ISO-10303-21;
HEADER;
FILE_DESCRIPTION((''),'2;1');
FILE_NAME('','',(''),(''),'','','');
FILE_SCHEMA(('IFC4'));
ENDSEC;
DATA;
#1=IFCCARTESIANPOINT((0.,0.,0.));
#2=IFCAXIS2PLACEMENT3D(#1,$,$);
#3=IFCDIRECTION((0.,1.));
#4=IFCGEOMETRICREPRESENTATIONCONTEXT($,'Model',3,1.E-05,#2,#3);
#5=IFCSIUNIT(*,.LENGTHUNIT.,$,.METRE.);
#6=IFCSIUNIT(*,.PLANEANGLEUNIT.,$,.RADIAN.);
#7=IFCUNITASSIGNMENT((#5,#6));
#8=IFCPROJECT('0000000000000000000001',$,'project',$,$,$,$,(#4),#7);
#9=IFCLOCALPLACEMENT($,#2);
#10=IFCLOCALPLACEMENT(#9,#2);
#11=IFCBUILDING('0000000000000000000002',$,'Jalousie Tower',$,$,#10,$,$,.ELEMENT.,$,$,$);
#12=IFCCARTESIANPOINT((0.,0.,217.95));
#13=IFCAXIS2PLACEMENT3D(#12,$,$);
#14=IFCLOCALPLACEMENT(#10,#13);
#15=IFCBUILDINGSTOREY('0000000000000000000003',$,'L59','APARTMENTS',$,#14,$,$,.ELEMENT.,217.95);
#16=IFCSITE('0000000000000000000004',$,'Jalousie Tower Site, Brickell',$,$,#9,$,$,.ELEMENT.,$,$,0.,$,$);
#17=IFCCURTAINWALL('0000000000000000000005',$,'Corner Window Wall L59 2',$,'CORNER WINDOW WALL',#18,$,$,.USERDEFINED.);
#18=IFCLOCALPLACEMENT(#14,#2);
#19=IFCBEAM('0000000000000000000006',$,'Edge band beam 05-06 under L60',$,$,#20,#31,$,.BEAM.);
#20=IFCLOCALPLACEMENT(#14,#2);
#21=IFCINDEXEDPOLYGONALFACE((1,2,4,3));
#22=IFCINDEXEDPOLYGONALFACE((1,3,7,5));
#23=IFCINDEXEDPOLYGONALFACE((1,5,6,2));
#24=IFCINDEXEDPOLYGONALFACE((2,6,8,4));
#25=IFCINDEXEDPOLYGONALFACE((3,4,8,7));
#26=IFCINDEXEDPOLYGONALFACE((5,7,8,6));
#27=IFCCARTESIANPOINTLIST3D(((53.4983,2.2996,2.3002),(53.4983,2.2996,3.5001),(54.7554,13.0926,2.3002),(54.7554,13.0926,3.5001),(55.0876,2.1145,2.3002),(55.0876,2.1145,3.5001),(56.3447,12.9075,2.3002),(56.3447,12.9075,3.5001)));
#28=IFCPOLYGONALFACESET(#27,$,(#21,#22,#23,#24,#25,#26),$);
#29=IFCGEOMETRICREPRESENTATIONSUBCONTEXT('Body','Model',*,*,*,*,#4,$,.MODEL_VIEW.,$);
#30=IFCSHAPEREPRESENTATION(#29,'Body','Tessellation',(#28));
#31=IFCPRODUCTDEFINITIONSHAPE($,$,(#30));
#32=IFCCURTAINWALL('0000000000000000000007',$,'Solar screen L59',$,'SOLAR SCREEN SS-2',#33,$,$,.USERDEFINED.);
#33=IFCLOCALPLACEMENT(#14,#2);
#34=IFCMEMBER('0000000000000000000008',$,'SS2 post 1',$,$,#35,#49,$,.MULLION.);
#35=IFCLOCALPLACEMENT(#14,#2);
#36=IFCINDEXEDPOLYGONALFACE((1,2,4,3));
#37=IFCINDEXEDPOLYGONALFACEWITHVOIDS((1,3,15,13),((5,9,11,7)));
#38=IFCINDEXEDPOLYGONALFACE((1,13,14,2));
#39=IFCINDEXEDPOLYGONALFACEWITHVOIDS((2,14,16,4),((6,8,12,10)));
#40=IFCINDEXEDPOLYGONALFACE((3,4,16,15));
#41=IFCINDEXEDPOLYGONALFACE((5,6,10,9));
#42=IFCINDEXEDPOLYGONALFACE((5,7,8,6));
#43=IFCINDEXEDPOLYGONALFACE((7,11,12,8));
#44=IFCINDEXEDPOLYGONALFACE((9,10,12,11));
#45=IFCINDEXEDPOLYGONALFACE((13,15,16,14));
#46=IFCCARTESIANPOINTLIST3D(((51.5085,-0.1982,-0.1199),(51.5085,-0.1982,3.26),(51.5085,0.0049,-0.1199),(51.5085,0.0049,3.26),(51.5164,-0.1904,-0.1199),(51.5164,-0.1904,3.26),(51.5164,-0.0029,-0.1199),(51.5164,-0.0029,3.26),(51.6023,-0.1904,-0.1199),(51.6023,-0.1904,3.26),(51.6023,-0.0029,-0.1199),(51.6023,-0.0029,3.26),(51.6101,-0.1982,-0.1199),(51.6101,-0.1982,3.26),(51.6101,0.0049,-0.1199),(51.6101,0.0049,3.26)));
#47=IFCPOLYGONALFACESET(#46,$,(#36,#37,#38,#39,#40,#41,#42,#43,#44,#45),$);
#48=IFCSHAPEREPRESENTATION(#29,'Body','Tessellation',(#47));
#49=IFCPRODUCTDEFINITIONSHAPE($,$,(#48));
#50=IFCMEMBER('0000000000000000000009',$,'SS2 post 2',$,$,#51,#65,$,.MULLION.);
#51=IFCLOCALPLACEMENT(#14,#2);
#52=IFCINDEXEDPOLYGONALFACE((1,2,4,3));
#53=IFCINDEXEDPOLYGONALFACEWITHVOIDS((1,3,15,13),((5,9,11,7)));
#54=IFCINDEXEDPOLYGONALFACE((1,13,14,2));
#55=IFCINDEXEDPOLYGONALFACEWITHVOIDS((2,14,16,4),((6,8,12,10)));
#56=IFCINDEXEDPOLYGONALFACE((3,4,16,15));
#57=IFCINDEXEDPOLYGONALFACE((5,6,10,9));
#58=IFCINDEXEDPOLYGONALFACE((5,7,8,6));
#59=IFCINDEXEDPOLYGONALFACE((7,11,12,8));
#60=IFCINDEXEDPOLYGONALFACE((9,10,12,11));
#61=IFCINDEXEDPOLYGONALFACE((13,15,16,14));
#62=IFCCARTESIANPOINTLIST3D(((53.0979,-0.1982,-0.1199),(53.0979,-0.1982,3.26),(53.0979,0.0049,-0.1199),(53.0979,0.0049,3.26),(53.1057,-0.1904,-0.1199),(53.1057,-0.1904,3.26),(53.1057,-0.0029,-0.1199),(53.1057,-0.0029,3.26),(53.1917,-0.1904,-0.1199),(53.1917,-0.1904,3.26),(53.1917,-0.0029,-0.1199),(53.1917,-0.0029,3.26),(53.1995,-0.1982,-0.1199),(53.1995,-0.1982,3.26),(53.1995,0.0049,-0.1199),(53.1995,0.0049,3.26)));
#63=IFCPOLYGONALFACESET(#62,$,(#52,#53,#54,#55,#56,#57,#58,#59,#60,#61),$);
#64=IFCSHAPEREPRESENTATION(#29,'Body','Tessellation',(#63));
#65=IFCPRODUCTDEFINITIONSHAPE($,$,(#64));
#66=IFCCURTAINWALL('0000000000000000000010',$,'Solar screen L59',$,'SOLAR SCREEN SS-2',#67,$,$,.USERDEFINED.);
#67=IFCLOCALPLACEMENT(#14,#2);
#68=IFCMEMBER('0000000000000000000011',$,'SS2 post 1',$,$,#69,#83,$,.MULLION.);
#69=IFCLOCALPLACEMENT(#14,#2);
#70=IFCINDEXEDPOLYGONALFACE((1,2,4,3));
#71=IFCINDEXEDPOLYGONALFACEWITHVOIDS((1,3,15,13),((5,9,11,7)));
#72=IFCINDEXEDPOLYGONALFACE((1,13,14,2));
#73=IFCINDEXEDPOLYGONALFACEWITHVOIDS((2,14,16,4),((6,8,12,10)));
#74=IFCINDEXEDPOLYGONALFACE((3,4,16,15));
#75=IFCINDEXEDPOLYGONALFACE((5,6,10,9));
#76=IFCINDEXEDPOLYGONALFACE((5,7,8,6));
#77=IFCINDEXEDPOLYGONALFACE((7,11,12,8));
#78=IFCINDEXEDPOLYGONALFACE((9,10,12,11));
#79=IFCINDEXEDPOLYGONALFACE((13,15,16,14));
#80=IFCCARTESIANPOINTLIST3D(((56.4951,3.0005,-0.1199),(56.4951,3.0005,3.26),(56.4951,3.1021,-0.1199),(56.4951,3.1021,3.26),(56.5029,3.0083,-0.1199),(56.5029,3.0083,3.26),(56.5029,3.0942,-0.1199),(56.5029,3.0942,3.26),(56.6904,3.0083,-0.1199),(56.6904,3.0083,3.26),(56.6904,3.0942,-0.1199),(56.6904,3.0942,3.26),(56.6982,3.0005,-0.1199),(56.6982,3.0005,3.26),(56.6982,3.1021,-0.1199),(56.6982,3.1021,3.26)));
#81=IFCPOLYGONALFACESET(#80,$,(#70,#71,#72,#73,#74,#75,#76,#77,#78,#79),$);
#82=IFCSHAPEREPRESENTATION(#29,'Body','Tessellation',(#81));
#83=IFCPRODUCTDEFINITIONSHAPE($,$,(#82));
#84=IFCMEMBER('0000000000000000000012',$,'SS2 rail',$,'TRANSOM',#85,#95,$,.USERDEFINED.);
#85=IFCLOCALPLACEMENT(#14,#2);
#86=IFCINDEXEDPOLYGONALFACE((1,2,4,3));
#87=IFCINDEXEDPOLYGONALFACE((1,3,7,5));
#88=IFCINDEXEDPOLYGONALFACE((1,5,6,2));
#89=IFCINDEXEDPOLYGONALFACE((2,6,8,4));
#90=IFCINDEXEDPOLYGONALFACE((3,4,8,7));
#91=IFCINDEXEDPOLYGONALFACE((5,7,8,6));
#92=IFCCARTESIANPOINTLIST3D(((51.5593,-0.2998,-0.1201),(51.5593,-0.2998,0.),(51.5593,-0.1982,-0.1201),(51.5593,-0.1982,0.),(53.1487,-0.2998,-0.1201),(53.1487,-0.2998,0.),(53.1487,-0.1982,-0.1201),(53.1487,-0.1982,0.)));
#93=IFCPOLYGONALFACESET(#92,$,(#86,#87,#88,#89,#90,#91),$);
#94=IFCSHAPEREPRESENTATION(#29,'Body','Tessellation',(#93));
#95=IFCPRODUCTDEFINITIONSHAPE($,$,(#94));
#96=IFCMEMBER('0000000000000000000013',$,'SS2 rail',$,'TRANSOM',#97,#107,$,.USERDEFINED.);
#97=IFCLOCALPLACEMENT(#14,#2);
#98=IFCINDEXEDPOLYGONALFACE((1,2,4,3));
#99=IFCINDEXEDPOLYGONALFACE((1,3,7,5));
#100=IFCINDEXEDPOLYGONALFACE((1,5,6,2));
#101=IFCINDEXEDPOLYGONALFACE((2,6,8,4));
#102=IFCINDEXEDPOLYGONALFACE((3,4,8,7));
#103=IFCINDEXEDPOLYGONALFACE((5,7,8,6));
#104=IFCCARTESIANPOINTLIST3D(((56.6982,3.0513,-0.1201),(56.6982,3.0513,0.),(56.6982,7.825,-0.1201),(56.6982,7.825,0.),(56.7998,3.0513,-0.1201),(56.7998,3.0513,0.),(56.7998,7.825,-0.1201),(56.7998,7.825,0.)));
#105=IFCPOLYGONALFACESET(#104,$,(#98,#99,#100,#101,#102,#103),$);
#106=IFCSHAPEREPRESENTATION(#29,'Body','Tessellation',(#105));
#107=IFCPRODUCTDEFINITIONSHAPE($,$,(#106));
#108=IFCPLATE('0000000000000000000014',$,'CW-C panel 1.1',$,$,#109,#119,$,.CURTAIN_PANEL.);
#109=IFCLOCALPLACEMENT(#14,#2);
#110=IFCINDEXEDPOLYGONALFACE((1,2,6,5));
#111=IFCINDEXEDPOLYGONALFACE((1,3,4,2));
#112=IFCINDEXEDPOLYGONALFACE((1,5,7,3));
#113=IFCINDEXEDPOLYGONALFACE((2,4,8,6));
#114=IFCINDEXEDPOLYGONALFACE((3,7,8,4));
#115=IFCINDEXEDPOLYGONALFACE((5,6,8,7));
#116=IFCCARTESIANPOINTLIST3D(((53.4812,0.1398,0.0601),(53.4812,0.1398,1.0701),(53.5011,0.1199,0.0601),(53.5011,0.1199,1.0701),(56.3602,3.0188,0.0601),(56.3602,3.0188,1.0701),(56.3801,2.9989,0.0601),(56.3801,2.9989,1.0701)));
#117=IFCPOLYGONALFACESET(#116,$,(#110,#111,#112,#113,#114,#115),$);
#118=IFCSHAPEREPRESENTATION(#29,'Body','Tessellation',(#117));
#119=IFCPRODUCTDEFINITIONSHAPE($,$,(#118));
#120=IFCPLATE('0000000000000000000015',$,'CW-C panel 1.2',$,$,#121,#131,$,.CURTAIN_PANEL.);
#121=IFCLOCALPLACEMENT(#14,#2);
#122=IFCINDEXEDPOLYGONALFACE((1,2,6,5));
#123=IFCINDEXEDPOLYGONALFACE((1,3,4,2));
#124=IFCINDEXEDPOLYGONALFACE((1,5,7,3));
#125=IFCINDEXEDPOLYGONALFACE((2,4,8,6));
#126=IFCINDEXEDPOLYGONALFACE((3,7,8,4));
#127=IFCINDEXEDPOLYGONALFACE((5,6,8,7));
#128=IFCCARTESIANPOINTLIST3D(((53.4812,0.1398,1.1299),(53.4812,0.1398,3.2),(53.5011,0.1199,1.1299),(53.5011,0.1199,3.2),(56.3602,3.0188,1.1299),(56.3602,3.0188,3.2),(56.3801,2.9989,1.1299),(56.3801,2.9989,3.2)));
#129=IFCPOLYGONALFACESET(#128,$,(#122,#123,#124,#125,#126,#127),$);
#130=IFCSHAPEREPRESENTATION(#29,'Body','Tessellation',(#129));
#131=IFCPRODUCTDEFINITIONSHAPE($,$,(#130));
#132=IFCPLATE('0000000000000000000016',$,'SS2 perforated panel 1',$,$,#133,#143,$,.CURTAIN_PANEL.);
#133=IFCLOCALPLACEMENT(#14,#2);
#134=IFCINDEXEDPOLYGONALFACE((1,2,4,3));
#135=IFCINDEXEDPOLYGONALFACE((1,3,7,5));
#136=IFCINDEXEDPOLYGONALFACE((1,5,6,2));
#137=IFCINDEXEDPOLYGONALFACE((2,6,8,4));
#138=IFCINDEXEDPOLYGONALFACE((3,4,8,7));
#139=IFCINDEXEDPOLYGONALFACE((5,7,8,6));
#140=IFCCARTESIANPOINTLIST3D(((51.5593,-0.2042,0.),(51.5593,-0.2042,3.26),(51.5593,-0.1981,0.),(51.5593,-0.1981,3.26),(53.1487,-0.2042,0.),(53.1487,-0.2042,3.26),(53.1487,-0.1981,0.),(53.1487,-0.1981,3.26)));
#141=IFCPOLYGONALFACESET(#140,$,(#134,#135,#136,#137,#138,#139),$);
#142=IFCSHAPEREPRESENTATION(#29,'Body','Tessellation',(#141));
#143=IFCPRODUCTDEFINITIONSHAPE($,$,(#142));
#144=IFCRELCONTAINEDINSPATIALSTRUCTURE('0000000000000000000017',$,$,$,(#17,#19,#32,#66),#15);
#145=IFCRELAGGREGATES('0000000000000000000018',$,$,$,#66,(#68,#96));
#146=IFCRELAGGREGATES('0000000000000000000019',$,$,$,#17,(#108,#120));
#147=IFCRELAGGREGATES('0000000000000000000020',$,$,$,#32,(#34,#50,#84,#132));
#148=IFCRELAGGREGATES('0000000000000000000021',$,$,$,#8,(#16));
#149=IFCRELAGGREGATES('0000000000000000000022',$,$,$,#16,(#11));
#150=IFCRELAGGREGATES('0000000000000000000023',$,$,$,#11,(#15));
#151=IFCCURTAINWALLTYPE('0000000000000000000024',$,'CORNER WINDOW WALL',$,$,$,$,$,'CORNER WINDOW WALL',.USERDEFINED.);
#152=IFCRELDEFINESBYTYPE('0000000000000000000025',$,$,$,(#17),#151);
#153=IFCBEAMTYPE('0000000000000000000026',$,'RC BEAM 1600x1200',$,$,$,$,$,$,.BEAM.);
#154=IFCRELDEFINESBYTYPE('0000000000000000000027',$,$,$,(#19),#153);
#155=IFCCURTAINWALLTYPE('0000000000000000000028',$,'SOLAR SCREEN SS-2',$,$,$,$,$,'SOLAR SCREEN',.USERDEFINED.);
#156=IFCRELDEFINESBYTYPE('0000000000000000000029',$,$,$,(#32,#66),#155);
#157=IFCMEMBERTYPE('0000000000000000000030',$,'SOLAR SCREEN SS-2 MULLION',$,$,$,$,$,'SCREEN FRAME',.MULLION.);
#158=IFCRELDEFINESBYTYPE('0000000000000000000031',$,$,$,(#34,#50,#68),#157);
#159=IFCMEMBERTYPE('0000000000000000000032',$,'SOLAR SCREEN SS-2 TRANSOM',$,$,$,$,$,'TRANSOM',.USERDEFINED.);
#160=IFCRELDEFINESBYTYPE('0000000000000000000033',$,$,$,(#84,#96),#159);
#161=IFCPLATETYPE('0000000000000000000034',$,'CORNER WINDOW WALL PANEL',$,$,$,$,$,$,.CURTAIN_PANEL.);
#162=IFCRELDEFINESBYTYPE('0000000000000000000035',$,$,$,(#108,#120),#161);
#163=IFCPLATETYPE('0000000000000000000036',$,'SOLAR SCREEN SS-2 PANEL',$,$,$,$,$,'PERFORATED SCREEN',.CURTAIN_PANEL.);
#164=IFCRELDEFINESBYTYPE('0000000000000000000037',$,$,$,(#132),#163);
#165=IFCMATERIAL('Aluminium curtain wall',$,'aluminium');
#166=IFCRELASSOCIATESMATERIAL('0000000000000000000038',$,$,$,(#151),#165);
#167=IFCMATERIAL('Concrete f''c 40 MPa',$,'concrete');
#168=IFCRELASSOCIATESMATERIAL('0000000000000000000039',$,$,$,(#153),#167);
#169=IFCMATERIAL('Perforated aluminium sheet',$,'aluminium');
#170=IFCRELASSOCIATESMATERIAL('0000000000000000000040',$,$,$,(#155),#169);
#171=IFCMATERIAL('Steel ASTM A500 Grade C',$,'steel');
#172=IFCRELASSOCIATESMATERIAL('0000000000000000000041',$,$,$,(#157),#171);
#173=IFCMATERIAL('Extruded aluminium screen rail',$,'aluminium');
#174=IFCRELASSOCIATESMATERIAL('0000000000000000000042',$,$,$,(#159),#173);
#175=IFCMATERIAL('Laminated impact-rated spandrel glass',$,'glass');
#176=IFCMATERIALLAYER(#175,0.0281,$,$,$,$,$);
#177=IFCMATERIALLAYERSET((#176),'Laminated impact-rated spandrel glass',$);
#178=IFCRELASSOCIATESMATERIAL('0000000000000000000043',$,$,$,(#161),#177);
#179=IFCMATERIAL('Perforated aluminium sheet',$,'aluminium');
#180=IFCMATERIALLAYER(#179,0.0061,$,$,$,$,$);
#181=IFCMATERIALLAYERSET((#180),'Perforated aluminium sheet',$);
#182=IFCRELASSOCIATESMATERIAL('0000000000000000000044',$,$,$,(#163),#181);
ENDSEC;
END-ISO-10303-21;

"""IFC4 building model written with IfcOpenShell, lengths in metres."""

from ifc_helpers import new_model, si_unit, direction, frame, origin, origin_2d, place, context, subcontext, project, spatial, rectangle, hollow_rectangle, extrude, material, layer, layer_set, material_profile, profile_set, type_object, element, aggregate, save


model = new_model("IFC4")

# Units and contexts
model_context = context("Model", 3, precision=1e-05, world=origin(), true_north=direction((0.0, 1.0)))
body_context = subcontext(model_context, "Body", "Model", "MODEL_VIEW")
ifc_project = project(units=[si_unit("LENGTHUNIT", "METRE"), si_unit("PLANEANGLEUNIT", "RADIAN")], contexts=[model_context])

# Site, building, storey
site_placement = place(None, origin())
site = spatial("IfcSite", under=ifc_project, at=site_placement, Name="Jalousie Tower Site, Brickell", CompositionType="ELEMENT", RefElevation=0.0)
building_placement = place(site_placement, origin())
building = spatial("IfcBuilding", under=site, at=building_placement, Name="Jalousie Tower", CompositionType="ELEMENT")
storey_placement = place(building_placement, frame((0.0, 0.0, 217.95)))
storey = spatial("IfcBuildingStorey", under=building, at=storey_placement, Name="L59", Description="APARTMENTS", CompositionType="ELEMENT", Elevation=217.95)

# Curtain wall
ifc_material_1 = material(Name="Aluminium curtain wall", Category="aluminium")
curtain_wall_type_1 = type_object("IfcCurtainWallType", Name="CORNER WINDOW WALL", ElementType="CORNER WINDOW WALL", PredefinedType="USERDEFINED", material=ifc_material_1)
curtain_wall_1_placement = place(storey_placement, origin())
curtain_wall_1 = element("IfcCurtainWall", 1, at=curtain_wall_1_placement, inside=storey, type_object=curtain_wall_type_1, Name="Corner Window Wall L59 2", ObjectType="CORNER WINDOW WALL", PredefinedType="USERDEFINED")

# Beam
ifc_material_2 = material(Name="Concrete f'c 40 MPa", Category="concrete")
ifc_material_profile_1 = material_profile(ifc_material_2, rectangle(XDim=1.6001, YDim=1.2, at=origin_2d()), Name="RC 1600x1200")
ifc_profile_set_1 = profile_set([ifc_material_profile_1], Name="Concrete f'c 40 MPa")
beam_type = type_object("IfcBeamType", Name="RC BEAM 1600x1200", PredefinedType="BEAM", material=ifc_profile_set_1)
beam_placement = place(storey_placement, frame((54.293, 2.207, 2.9001), z_axis=(0.11569, 0.993285, 0.0), x_axis=(-0.993285, 0.11569, 0.0)))
element("IfcBeam", 2, at=beam_placement, inside=storey, type_object=beam_type, Name="Edge band beam 05-06 under L60", PredefinedType="BEAM", context=body_context, shape_type="SweptSolid", body=[
    extrude(rectangle(XDim=1.6001, YDim=1.2, at=origin_2d()), origin(), (0.0, 0.0, 1.0), 10.866),
])

# Curtain wall, members
ifc_material_3 = material(Name="Perforated aluminium sheet", Category="aluminium")
curtain_wall_type_2 = type_object("IfcCurtainWallType", Name="SOLAR SCREEN SS-2", ElementType="SOLAR SCREEN", PredefinedType="USERDEFINED", material=ifc_material_3)
curtain_wall_2_placement = place(storey_placement, origin())
curtain_wall_2 = element("IfcCurtainWall", 3, at=curtain_wall_2_placement, inside=storey, type_object=curtain_wall_type_2, Name="Solar screen L59", ObjectType="SOLAR SCREEN SS-2", PredefinedType="USERDEFINED")
ifc_material_4 = material(Name="Steel ASTM A500 Grade C", Category="steel")
ifc_material_profile_2 = material_profile(ifc_material_4, hollow_rectangle(XDim=0.1016, YDim=0.2031, WallThickness=0.0078, at=origin_2d()), Name="HSS8X4X5/16")
ifc_profile_set_2 = profile_set([ifc_material_profile_2], Name="Steel ASTM A500 Grade C")
member_type_1 = type_object("IfcMemberType", Name="SOLAR SCREEN SS-2 MULLION", ElementType="SCREEN FRAME", PredefinedType="MULLION", material=ifc_profile_set_2)
member_1_placement = place(storey_placement, frame((51.5593, -0.0967, -0.1199), z_axis=(0.0, 0.0, 1.0), x_axis=(1.0, 0.0, 0.0)))
member_1 = element("IfcMember", 4, at=member_1_placement, type_object=member_type_1, Name="SS2 post 1", PredefinedType="MULLION", context=body_context, shape_type="SweptSolid", body=[
    extrude(hollow_rectangle(XDim=0.1016, YDim=0.2031, WallThickness=0.0078, at=origin_2d()), origin(), (0.0, 0.0, 1.0), 3.3799),
])
member_2_placement = place(storey_placement, frame((53.1487, -0.0967, -0.1199), z_axis=(0.0, 0.0, 1.0), x_axis=(1.0, 0.0, 0.0)))
member_2 = element("IfcMember", 5, at=member_2_placement, type_object=member_type_1, Name="SS2 post 2", PredefinedType="MULLION", context=body_context, shape_type="SweptSolid", body=[
    extrude(hollow_rectangle(XDim=0.1016, YDim=0.2031, WallThickness=0.0078, at=origin_2d()), origin(), (0.0, 0.0, 1.0), 3.3799),
])

# Curtain wall, member
curtain_wall_3_placement = place(storey_placement, origin())
curtain_wall_3 = element("IfcCurtainWall", 6, at=curtain_wall_3_placement, inside=storey, type_object=curtain_wall_type_2, Name="Solar screen L59", ObjectType="SOLAR SCREEN SS-2", PredefinedType="USERDEFINED")
member_3_placement = place(storey_placement, frame((56.5967, 3.0513, -0.1199), z_axis=(0.0, 0.0, 1.0), x_axis=(0.0, 1.0, 0.0)))
member_3 = element("IfcMember", 7, at=member_3_placement, type_object=member_type_1, Name="SS2 post 1", PredefinedType="MULLION", context=body_context, shape_type="SweptSolid", body=[
    extrude(hollow_rectangle(XDim=0.1016, YDim=0.2031, WallThickness=0.0078, at=origin_2d()), origin(), (0.0, 0.0, 1.0), 3.3799),
])

# Members
ifc_material_5 = material(Name="Extruded aluminium screen rail", Category="aluminium")
ifc_material_profile_3 = material_profile(ifc_material_5, rectangle(XDim=0.1016, YDim=0.1201, at=origin_2d()), Name="RAIL 102x120")
ifc_profile_set_3 = profile_set([ifc_material_profile_3], Name="Extruded aluminium screen rail")
member_type_2 = type_object("IfcMemberType", Name="SOLAR SCREEN SS-2 TRANSOM", ElementType="TRANSOM", PredefinedType="USERDEFINED", material=ifc_profile_set_3)
member_4_placement = place(storey_placement, frame((51.5593, -0.249, -0.0601), z_axis=(1.0, 0.0, 0.0), x_axis=(0.0, 1.0, 0.0)))
member_4 = element("IfcMember", 8, at=member_4_placement, type_object=member_type_2, Name="SS2 rail", ObjectType="TRANSOM", PredefinedType="USERDEFINED", context=body_context, shape_type="SweptSolid", body=[
    extrude(rectangle(XDim=0.1016, YDim=0.1201, at=origin_2d()), origin(), (0.0, 0.0, 1.0), 1.5894),
])
member_5_placement = place(storey_placement, frame((56.749, 3.0513, -0.0601), z_axis=(0.0, 1.0, 0.0), x_axis=(-1.0, 0.0, 0.0)))
member_5 = element("IfcMember", 9, at=member_5_placement, type_object=member_type_2, Name="SS2 rail", ObjectType="TRANSOM", PredefinedType="USERDEFINED", context=body_context, shape_type="SweptSolid", body=[
    extrude(rectangle(XDim=0.1016, YDim=0.1201, at=origin_2d()), origin(), (0.0, 0.0, 1.0), 4.7737),
])
aggregate(curtain_wall_3, [member_3, member_5])

# Plates
ifc_material_6 = material(Name="Laminated impact-rated spandrel glass", Category="glass")
ifc_layer_1 = layer(ifc_material_6, 0.0281)
ifc_layer_set_1 = layer_set([ifc_layer_1], Name="Laminated impact-rated spandrel glass")
plate_type_1 = type_object("IfcPlateType", Name="CORNER WINDOW WALL PANEL", PredefinedType="CURTAIN_PANEL", material=ifc_layer_set_1)
plate_1_placement = place(storey_placement, frame((54.9307, 1.5693, 0.0601), z_axis=(0.0, 0.0, 1.0), x_axis=(0.707107, 0.707107, 0.0)))
plate_1 = element("IfcPlate", 10, at=plate_1_placement, type_object=plate_type_1, Name="CW-C panel 1.1", PredefinedType="CURTAIN_PANEL", context=body_context, shape_type="SweptSolid", body=[
    extrude(rectangle(XDim=4.0715, YDim=0.0281, at=origin_2d()), origin(), (0.0, 0.0, 1.0), 1.01),
])
plate_2_placement = place(storey_placement, frame((54.9307, 1.5693, 1.1299), z_axis=(0.0, 0.0, 1.0), x_axis=(0.707107, 0.707107, 0.0)))
plate_2 = element("IfcPlate", 11, at=plate_2_placement, type_object=plate_type_1, Name="CW-C panel 1.2", PredefinedType="CURTAIN_PANEL", context=body_context, shape_type="SweptSolid", body=[
    extrude(rectangle(XDim=4.0715, YDim=0.0281, at=origin_2d()), origin(), (0.0, 0.0, 1.0), 2.0701),
])
aggregate(curtain_wall_1, [plate_1, plate_2])
ifc_material_7 = material(Name="Perforated aluminium sheet", Category="aluminium")
ifc_layer_2 = layer(ifc_material_7, 0.0061)
ifc_layer_set_2 = layer_set([ifc_layer_2], Name="Perforated aluminium sheet")
plate_type_2 = type_object("IfcPlateType", Name="SOLAR SCREEN SS-2 PANEL", ElementType="PERFORATED SCREEN", PredefinedType="CURTAIN_PANEL", material=ifc_layer_set_2)
plate_3_placement = place(storey_placement, frame((52.354, -0.2012, 0.0), z_axis=(0.0, 0.0, 1.0), x_axis=(1.0, 0.0, 0.0)))
plate_3 = element("IfcPlate", 12, at=plate_3_placement, type_object=plate_type_2, Name="SS2 perforated panel 1", PredefinedType="CURTAIN_PANEL", context=body_context, shape_type="SweptSolid", body=[
    extrude(rectangle(XDim=1.5894, YDim=0.0061, at=origin_2d()), origin(), (0.0, 0.0, 1.0), 3.26),
])
aggregate(curtain_wall_2, [member_1, member_2, member_4, plate_3])

save(model, "model.ifc")
